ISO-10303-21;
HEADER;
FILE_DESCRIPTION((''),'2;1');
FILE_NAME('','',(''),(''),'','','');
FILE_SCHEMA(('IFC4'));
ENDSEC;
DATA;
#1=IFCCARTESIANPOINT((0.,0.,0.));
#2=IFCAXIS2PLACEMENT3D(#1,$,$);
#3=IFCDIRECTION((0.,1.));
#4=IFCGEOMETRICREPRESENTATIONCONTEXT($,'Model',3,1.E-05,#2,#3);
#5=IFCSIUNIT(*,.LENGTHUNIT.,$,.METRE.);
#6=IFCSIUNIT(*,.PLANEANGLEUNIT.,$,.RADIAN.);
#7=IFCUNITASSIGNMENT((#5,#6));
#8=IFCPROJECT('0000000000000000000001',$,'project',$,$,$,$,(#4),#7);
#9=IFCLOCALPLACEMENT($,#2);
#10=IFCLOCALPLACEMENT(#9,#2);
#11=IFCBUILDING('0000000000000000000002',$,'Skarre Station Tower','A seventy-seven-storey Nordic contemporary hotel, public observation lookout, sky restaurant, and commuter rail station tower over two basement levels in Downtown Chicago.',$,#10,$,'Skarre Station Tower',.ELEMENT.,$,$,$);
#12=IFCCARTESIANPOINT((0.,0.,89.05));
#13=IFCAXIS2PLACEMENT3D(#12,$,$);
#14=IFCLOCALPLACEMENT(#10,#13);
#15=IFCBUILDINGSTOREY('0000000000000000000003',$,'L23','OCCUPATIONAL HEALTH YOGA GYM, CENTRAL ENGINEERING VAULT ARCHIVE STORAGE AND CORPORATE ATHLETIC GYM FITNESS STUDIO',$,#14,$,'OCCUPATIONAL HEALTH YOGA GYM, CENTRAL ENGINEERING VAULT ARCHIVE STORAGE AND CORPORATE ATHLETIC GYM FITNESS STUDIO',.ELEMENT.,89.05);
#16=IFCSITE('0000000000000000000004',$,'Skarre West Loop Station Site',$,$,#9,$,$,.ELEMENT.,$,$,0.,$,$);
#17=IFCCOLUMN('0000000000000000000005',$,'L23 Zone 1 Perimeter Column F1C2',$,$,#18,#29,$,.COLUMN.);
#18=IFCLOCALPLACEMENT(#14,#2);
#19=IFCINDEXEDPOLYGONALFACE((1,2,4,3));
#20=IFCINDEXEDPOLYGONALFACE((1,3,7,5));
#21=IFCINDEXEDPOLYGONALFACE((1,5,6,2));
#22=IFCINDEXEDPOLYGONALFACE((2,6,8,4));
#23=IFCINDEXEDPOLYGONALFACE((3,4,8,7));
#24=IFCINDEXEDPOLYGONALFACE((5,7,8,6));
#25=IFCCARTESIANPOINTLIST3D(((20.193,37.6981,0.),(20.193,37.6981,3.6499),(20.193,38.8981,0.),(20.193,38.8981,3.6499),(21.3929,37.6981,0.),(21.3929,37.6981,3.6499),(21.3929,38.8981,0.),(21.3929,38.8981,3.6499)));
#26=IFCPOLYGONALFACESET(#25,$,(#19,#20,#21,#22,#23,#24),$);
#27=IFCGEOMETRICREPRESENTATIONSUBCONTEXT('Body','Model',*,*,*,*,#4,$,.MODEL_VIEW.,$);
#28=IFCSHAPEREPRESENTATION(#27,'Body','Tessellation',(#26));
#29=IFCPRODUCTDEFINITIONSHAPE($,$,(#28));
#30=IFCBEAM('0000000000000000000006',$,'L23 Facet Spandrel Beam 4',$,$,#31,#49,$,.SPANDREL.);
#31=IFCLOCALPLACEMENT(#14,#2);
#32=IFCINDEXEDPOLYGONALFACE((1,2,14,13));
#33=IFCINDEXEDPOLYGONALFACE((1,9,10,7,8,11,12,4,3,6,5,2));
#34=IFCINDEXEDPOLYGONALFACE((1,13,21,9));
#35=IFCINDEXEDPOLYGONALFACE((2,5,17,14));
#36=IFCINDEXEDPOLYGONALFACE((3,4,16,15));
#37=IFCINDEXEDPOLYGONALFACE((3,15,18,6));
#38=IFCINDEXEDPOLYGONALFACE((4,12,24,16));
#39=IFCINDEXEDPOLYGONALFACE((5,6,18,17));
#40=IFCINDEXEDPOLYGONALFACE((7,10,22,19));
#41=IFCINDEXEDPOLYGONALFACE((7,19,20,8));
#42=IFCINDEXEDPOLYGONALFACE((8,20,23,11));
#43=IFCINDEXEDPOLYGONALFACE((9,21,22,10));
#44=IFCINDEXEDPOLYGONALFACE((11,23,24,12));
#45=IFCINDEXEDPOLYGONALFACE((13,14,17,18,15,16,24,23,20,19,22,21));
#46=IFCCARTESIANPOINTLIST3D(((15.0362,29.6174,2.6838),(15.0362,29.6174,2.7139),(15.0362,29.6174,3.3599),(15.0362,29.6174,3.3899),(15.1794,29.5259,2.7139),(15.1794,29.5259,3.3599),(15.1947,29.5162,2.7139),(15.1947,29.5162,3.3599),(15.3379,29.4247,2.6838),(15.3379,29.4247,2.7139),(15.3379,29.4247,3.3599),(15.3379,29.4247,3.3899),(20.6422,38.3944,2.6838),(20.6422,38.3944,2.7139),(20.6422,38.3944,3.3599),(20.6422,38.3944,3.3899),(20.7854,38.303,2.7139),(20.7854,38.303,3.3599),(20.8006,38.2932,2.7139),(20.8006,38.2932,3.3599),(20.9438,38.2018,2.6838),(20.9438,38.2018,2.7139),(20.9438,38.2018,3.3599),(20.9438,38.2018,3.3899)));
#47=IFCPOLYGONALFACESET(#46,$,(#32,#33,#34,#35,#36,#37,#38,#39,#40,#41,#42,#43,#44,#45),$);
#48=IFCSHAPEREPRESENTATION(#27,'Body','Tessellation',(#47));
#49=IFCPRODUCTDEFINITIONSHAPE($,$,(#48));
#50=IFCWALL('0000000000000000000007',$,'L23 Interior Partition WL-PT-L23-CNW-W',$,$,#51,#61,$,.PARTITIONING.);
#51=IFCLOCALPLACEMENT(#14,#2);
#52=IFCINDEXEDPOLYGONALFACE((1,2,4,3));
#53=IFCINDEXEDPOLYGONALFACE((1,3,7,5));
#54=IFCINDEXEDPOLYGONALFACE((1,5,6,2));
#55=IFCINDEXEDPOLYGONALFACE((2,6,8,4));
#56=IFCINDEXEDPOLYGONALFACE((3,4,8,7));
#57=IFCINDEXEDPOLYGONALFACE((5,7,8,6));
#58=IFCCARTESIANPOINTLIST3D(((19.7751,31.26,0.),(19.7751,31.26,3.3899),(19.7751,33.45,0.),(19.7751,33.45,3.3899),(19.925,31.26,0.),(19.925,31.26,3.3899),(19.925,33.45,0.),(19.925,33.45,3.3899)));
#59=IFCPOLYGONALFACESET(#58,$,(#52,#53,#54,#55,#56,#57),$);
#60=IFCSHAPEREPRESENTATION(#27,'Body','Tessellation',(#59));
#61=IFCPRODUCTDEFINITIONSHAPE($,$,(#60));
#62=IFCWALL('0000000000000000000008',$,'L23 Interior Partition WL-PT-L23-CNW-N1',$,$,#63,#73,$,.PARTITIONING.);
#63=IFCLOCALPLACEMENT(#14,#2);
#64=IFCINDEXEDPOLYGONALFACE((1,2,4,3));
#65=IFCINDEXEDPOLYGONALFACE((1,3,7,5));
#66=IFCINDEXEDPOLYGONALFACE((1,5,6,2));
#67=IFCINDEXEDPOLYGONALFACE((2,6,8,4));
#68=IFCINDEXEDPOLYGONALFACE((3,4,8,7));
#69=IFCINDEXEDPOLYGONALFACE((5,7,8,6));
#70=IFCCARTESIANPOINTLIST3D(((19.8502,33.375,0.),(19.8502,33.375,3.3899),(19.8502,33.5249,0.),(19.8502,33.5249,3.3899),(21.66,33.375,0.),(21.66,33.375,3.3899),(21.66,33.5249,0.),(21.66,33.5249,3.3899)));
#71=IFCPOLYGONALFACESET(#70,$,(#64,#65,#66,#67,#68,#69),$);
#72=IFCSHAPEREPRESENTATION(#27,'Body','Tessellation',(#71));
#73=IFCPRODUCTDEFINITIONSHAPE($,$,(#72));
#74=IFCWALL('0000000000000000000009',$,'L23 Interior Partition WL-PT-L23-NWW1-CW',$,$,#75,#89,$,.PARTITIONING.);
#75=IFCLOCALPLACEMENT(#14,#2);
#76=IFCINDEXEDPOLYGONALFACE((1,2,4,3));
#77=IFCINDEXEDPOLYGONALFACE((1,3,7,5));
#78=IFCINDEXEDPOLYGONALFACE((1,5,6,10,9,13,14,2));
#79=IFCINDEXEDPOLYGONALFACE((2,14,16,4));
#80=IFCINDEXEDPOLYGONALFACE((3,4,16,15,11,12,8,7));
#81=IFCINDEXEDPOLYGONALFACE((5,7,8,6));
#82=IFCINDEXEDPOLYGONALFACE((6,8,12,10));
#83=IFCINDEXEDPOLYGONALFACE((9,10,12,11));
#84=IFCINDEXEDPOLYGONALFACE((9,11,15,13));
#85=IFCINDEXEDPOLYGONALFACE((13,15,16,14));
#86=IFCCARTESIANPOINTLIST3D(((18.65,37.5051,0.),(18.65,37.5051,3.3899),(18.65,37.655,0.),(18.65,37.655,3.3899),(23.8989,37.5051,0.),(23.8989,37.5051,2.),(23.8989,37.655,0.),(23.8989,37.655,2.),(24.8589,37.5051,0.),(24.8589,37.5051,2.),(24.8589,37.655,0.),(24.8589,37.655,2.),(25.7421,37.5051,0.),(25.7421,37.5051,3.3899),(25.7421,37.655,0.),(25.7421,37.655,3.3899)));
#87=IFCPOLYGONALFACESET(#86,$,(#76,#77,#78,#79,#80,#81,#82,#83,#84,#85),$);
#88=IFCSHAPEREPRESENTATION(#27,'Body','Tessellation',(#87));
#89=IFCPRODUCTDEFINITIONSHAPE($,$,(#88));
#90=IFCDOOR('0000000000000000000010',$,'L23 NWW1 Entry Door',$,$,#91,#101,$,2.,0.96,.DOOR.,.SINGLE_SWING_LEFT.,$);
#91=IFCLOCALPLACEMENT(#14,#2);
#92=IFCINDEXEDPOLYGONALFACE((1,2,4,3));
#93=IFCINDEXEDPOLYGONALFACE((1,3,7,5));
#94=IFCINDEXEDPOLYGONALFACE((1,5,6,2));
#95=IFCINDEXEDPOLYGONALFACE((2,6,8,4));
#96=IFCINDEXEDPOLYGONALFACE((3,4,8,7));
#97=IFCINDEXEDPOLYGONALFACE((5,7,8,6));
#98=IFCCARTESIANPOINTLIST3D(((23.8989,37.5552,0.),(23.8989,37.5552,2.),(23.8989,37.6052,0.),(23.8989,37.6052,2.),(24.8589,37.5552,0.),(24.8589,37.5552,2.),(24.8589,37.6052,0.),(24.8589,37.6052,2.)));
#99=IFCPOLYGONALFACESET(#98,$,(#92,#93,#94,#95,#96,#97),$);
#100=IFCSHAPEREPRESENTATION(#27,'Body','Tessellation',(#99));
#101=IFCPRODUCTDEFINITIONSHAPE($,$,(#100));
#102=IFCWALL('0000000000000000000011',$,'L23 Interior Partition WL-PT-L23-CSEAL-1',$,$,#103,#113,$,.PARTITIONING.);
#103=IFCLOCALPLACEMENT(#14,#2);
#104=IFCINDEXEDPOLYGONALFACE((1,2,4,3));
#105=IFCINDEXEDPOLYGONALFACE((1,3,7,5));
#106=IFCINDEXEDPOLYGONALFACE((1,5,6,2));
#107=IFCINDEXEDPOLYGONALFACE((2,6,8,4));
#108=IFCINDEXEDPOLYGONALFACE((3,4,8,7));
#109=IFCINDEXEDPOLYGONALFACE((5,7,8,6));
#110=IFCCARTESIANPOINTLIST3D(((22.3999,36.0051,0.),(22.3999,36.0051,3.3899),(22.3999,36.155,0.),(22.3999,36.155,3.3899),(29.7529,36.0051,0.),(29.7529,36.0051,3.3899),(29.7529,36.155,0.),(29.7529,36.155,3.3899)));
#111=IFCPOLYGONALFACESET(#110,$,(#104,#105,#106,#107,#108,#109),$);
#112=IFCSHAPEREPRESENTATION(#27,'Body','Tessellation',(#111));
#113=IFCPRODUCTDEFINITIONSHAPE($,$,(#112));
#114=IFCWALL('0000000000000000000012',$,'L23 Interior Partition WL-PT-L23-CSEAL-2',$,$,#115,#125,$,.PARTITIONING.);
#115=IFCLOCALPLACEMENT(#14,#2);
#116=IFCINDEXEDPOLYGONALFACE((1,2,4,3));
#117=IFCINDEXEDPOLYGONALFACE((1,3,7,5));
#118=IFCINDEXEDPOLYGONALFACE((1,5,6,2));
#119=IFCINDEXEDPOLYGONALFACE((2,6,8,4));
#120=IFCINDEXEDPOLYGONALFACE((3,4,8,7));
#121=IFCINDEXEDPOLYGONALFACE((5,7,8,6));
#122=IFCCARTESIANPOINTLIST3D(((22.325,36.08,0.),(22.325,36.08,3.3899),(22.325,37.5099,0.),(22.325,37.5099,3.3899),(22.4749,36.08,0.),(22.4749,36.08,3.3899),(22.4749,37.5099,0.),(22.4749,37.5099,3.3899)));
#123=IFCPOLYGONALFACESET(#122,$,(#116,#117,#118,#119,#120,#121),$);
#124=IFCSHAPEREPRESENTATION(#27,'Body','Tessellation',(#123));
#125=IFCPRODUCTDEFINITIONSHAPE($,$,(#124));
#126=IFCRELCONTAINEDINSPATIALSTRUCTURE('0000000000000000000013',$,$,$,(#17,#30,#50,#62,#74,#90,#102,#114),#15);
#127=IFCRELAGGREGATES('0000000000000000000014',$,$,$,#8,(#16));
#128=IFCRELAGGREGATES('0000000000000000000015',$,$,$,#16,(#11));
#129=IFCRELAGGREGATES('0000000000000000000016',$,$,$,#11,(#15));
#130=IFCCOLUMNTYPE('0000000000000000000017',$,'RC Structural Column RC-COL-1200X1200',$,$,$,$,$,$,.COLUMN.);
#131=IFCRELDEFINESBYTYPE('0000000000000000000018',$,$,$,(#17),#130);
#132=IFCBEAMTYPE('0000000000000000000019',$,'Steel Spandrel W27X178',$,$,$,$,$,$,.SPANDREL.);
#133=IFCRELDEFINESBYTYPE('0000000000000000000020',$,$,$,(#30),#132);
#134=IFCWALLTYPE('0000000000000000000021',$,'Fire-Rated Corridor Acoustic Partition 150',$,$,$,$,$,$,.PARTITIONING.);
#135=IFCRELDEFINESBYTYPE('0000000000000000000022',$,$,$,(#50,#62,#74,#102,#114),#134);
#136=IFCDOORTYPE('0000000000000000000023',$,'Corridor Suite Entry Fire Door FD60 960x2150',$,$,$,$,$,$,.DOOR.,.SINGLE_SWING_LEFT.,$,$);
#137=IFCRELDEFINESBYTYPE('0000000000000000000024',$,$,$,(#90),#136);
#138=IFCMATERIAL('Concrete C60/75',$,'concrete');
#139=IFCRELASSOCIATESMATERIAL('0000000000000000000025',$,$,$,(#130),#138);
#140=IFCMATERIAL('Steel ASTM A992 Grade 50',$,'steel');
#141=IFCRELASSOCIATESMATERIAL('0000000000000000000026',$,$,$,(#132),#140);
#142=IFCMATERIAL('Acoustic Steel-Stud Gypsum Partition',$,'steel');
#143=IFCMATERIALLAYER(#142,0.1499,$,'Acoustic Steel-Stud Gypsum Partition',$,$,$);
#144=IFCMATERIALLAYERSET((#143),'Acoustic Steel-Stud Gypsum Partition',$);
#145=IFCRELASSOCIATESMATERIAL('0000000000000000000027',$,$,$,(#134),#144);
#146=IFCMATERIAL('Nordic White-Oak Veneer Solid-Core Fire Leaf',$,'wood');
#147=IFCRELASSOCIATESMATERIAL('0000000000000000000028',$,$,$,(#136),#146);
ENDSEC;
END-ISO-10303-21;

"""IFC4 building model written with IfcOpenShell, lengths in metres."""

from ifc_helpers import new_model, si_unit, direction, frame, frame_2d, origin, origin_2d, place, context, subcontext, project, spatial, rectangle, i_section, extrude, material, layer, layer_set, material_profile, profile_set, type_object, element, fill, save


model = new_model("IFC4")

# Units and contexts
model_context = context("Model", 3, precision=1e-05, world=origin(), true_north=direction((0.0, 1.0)))
body_context = subcontext(model_context, "Body", "Model", "MODEL_VIEW")
ifc_project = project(units=[si_unit("LENGTHUNIT", "METRE"), si_unit("PLANEANGLEUNIT", "RADIAN")], contexts=[model_context])

# Site, building, storey
site_placement = place(None, origin())
site = spatial("IfcSite", under=ifc_project, at=site_placement, Name="Skarre West Loop Station Site", CompositionType="ELEMENT", RefElevation=0.0)
building_placement = place(site_placement, origin())
building = spatial("IfcBuilding", under=site, at=building_placement, Name="Skarre Station Tower", Description="A seventy-seven-storey Nordic contemporary hotel, public observation lookout, sky restaurant, and commuter rail station tower over two basement levels in Downtown Chicago.", LongName="Skarre Station Tower", CompositionType="ELEMENT")
storey_placement = place(building_placement, frame((0.0, 0.0, 89.05)))
storey = spatial("IfcBuildingStorey", under=building, at=storey_placement, Name="L23", Description="OCCUPATIONAL HEALTH YOGA GYM, CENTRAL ENGINEERING VAULT ARCHIVE STORAGE AND CORPORATE ATHLETIC GYM FITNESS STUDIO", LongName="OCCUPATIONAL HEALTH YOGA GYM, CENTRAL ENGINEERING VAULT ARCHIVE STORAGE AND CORPORATE ATHLETIC GYM FITNESS STUDIO", CompositionType="ELEMENT", Elevation=89.05)

# Column
ifc_material_1 = material(Name="Concrete C60/75", Category="concrete")
ifc_material_profile_1 = material_profile(ifc_material_1, rectangle(XDim=1.2, YDim=1.2, at=origin_2d()), Name="Concrete C60/75")
ifc_profile_set_1 = profile_set([ifc_material_profile_1], Name="Concrete C60/75")
column_type = type_object("IfcColumnType", Name="RC Structural Column RC-COL-1200X1200", PredefinedType="COLUMN", material=ifc_profile_set_1)
column_placement = place(storey_placement, frame((20.793, 38.2981, 0.0), z_axis=(0.0, 0.0, 1.0), x_axis=(1.0, 0.0, 0.0)))
element("IfcColumn", 1, at=column_placement, inside=storey, type_object=column_type, Name="L23 Zone 1 Perimeter Column F1C2", PredefinedType="COLUMN", context=body_context, shape_type="SweptSolid", body=[
    extrude(rectangle(XDim=1.2, YDim=1.2, at=origin_2d()), origin(), (0.0, 0.0, 1.0), 3.6499),
])

# Beam
ifc_material_2 = material(Name="Steel ASTM A992 Grade 50", Category="steel")
ifc_material_profile_2 = material_profile(ifc_material_2, i_section(OverallWidth=0.3579, OverallDepth=0.7061, WebThickness=0.0181, FlangeThickness=0.03, at=origin_2d()), Name="Steel ASTM A992 Grade 50")
ifc_profile_set_2 = profile_set([ifc_material_profile_2], Name="Steel ASTM A992 Grade 50")
beam_type = type_object("IfcBeamType", Name="Steel Spandrel W27X178", PredefinedType="SPANDREL", material=ifc_profile_set_2)
beam_placement = place(storey_placement, frame((20.793, 38.2981, 3.0369), z_axis=(-0.538278, -0.842767, 0.0), x_axis=(0.842767, -0.538278, 0.0)))
element("IfcBeam", 2, at=beam_placement, inside=storey, type_object=beam_type, Name="L23 Facet Spandrel Beam 4", PredefinedType="SPANDREL", context=body_context, shape_type="SweptSolid", body=[
    extrude(i_section(OverallWidth=0.3579, OverallDepth=0.7061, WebThickness=0.0181, FlangeThickness=0.03, at=origin_2d()), origin(), (0.0, 0.0, 1.0), 10.4146),
])

# Walls
ifc_material_3 = material(Name="Acoustic Steel-Stud Gypsum Partition", Category="steel")
ifc_layer_1 = layer(ifc_material_3, 0.1499, Name="Acoustic Steel-Stud Gypsum Partition")
ifc_layer_set_1 = layer_set([ifc_layer_1], Name="Acoustic Steel-Stud Gypsum Partition")
wall_type_1 = type_object("IfcWallType", Name="Fire-Rated Corridor Acoustic Partition 150", PredefinedType="PARTITIONING", material=ifc_layer_set_1)
wall_1_placement = place(storey_placement, frame((19.8501, 33.45, 0.0), z_axis=(0.0, 0.0, 1.0), x_axis=(0.0, -1.0, 0.0)))
element("IfcWall", 3, at=wall_1_placement, inside=storey, type_object=wall_type_1, Name="L23 Interior Partition WL-PT-L23-CNW-W", PredefinedType="PARTITIONING", context=body_context, shape_type="SweptSolid", body=[
    extrude(rectangle(XDim=2.1899, YDim=0.1499, at=frame_2d((1.095, 0.0))), origin(), (0.0, 0.0, 1.0), 3.3899),
])
wall_2_placement = place(storey_placement, frame((21.6599, 33.45, 0.0), z_axis=(0.0, 0.0, 1.0), x_axis=(-1.0, 0.0, 0.0)))
element("IfcWall", 4, at=wall_2_placement, inside=storey, type_object=wall_type_1, Name="L23 Interior Partition WL-PT-L23-CNW-N1", PredefinedType="PARTITIONING", context=body_context, shape_type="SweptSolid", body=[
    extrude(rectangle(XDim=1.8098, YDim=0.1499, at=frame_2d((0.9048, 0.0))), origin(), (0.0, 0.0, 1.0), 3.3899),
])

# Wall, opening, door
wall_3_placement = place(storey_placement, frame((25.7419, 37.5801, 0.0), z_axis=(0.0, 0.0, 1.0), x_axis=(-1.0, 0.0, 0.0)))
wall_3 = element("IfcWall", 5, at=wall_3_placement, inside=storey, type_object=wall_type_1, Name="L23 Interior Partition WL-PT-L23-NWW1-CW", PredefinedType="PARTITIONING", context=body_context, shape_type="SweptSolid", body=[
    extrude(rectangle(XDim=7.092, YDim=0.1499, at=frame_2d((3.5459, 0.0))), origin(), (0.0, 0.0, 1.0), 3.3899),
])
opening_1_placement = place(wall_3_placement, frame((0.8831, 0.0, 0.0)))
opening_1 = element("IfcOpeningElement", 6, at=opening_1_placement, cuts=wall_3, PredefinedType="OPENING", context=body_context, shape_type="SweptSolid", body=[
    extrude(rectangle(XDim=0.96, YDim=2.0, at=frame_2d((0.48, 1.0))), frame((0.0, 0.085, 0.0), z_axis=(0.0, -1.0, 0.0), x_axis=(1.0, 0.0, 0.0)), (0.0, 0.0, 1.0), 0.1699),
])
ifc_material_4 = material(Name="Nordic White-Oak Veneer Solid-Core Fire Leaf", Category="wood")
door_type = type_object("IfcDoorType", Name="Corridor Suite Entry Fire Door FD60 960x2150", OperationType="SINGLE_SWING_LEFT", PredefinedType="DOOR", material=ifc_material_4)
door_placement = place(opening_1_placement, origin())
door = element("IfcDoor", 7, at=door_placement, inside=storey, type_object=door_type, Name="L23 NWW1 Entry Door", OperationType="SINGLE_SWING_LEFT", OverallHeight=2.0, OverallWidth=0.96, PredefinedType="DOOR", context=body_context, shape_type="SweptSolid", body=[
    extrude(rectangle(XDim=0.96, YDim=2.0, at=frame_2d((0.48, 1.0))), frame((0.0, 0.0249, 0.0), z_axis=(0.0, -1.0, 0.0), x_axis=(1.0, 0.0, 0.0)), (0.0, 0.0, 1.0), 0.05),
])
fill(opening_1, door)

# Walls
wall_4_placement = place(storey_placement, frame((29.7529, 36.0801, 0.0), z_axis=(0.0, 0.0, 1.0), x_axis=(-1.0, 0.0, 0.0)))
element("IfcWall", 8, at=wall_4_placement, inside=storey, type_object=wall_type_1, Name="L23 Interior Partition WL-PT-L23-CSEAL-1", PredefinedType="PARTITIONING", context=body_context, shape_type="SweptSolid", body=[
    extrude(rectangle(XDim=7.353, YDim=0.1499, at=frame_2d((3.6765, 0.0))), origin(), (0.0, 0.0, 1.0), 3.3899),
])
wall_5_placement = place(storey_placement, frame((22.3999, 36.0801, 0.0), z_axis=(0.0, 0.0, 1.0), x_axis=(0.0, 1.0, 0.0)))
element("IfcWall", 9, at=wall_5_placement, inside=storey, type_object=wall_type_1, Name="L23 Interior Partition WL-PT-L23-CSEAL-2", PredefinedType="PARTITIONING", context=body_context, shape_type="SweptSolid", body=[
    extrude(rectangle(XDim=1.4299, YDim=0.1499, at=frame_2d((0.7148, 0.0))), origin(), (0.0, 0.0, 1.0), 3.3899),
])

save(model, "model.ifc")
